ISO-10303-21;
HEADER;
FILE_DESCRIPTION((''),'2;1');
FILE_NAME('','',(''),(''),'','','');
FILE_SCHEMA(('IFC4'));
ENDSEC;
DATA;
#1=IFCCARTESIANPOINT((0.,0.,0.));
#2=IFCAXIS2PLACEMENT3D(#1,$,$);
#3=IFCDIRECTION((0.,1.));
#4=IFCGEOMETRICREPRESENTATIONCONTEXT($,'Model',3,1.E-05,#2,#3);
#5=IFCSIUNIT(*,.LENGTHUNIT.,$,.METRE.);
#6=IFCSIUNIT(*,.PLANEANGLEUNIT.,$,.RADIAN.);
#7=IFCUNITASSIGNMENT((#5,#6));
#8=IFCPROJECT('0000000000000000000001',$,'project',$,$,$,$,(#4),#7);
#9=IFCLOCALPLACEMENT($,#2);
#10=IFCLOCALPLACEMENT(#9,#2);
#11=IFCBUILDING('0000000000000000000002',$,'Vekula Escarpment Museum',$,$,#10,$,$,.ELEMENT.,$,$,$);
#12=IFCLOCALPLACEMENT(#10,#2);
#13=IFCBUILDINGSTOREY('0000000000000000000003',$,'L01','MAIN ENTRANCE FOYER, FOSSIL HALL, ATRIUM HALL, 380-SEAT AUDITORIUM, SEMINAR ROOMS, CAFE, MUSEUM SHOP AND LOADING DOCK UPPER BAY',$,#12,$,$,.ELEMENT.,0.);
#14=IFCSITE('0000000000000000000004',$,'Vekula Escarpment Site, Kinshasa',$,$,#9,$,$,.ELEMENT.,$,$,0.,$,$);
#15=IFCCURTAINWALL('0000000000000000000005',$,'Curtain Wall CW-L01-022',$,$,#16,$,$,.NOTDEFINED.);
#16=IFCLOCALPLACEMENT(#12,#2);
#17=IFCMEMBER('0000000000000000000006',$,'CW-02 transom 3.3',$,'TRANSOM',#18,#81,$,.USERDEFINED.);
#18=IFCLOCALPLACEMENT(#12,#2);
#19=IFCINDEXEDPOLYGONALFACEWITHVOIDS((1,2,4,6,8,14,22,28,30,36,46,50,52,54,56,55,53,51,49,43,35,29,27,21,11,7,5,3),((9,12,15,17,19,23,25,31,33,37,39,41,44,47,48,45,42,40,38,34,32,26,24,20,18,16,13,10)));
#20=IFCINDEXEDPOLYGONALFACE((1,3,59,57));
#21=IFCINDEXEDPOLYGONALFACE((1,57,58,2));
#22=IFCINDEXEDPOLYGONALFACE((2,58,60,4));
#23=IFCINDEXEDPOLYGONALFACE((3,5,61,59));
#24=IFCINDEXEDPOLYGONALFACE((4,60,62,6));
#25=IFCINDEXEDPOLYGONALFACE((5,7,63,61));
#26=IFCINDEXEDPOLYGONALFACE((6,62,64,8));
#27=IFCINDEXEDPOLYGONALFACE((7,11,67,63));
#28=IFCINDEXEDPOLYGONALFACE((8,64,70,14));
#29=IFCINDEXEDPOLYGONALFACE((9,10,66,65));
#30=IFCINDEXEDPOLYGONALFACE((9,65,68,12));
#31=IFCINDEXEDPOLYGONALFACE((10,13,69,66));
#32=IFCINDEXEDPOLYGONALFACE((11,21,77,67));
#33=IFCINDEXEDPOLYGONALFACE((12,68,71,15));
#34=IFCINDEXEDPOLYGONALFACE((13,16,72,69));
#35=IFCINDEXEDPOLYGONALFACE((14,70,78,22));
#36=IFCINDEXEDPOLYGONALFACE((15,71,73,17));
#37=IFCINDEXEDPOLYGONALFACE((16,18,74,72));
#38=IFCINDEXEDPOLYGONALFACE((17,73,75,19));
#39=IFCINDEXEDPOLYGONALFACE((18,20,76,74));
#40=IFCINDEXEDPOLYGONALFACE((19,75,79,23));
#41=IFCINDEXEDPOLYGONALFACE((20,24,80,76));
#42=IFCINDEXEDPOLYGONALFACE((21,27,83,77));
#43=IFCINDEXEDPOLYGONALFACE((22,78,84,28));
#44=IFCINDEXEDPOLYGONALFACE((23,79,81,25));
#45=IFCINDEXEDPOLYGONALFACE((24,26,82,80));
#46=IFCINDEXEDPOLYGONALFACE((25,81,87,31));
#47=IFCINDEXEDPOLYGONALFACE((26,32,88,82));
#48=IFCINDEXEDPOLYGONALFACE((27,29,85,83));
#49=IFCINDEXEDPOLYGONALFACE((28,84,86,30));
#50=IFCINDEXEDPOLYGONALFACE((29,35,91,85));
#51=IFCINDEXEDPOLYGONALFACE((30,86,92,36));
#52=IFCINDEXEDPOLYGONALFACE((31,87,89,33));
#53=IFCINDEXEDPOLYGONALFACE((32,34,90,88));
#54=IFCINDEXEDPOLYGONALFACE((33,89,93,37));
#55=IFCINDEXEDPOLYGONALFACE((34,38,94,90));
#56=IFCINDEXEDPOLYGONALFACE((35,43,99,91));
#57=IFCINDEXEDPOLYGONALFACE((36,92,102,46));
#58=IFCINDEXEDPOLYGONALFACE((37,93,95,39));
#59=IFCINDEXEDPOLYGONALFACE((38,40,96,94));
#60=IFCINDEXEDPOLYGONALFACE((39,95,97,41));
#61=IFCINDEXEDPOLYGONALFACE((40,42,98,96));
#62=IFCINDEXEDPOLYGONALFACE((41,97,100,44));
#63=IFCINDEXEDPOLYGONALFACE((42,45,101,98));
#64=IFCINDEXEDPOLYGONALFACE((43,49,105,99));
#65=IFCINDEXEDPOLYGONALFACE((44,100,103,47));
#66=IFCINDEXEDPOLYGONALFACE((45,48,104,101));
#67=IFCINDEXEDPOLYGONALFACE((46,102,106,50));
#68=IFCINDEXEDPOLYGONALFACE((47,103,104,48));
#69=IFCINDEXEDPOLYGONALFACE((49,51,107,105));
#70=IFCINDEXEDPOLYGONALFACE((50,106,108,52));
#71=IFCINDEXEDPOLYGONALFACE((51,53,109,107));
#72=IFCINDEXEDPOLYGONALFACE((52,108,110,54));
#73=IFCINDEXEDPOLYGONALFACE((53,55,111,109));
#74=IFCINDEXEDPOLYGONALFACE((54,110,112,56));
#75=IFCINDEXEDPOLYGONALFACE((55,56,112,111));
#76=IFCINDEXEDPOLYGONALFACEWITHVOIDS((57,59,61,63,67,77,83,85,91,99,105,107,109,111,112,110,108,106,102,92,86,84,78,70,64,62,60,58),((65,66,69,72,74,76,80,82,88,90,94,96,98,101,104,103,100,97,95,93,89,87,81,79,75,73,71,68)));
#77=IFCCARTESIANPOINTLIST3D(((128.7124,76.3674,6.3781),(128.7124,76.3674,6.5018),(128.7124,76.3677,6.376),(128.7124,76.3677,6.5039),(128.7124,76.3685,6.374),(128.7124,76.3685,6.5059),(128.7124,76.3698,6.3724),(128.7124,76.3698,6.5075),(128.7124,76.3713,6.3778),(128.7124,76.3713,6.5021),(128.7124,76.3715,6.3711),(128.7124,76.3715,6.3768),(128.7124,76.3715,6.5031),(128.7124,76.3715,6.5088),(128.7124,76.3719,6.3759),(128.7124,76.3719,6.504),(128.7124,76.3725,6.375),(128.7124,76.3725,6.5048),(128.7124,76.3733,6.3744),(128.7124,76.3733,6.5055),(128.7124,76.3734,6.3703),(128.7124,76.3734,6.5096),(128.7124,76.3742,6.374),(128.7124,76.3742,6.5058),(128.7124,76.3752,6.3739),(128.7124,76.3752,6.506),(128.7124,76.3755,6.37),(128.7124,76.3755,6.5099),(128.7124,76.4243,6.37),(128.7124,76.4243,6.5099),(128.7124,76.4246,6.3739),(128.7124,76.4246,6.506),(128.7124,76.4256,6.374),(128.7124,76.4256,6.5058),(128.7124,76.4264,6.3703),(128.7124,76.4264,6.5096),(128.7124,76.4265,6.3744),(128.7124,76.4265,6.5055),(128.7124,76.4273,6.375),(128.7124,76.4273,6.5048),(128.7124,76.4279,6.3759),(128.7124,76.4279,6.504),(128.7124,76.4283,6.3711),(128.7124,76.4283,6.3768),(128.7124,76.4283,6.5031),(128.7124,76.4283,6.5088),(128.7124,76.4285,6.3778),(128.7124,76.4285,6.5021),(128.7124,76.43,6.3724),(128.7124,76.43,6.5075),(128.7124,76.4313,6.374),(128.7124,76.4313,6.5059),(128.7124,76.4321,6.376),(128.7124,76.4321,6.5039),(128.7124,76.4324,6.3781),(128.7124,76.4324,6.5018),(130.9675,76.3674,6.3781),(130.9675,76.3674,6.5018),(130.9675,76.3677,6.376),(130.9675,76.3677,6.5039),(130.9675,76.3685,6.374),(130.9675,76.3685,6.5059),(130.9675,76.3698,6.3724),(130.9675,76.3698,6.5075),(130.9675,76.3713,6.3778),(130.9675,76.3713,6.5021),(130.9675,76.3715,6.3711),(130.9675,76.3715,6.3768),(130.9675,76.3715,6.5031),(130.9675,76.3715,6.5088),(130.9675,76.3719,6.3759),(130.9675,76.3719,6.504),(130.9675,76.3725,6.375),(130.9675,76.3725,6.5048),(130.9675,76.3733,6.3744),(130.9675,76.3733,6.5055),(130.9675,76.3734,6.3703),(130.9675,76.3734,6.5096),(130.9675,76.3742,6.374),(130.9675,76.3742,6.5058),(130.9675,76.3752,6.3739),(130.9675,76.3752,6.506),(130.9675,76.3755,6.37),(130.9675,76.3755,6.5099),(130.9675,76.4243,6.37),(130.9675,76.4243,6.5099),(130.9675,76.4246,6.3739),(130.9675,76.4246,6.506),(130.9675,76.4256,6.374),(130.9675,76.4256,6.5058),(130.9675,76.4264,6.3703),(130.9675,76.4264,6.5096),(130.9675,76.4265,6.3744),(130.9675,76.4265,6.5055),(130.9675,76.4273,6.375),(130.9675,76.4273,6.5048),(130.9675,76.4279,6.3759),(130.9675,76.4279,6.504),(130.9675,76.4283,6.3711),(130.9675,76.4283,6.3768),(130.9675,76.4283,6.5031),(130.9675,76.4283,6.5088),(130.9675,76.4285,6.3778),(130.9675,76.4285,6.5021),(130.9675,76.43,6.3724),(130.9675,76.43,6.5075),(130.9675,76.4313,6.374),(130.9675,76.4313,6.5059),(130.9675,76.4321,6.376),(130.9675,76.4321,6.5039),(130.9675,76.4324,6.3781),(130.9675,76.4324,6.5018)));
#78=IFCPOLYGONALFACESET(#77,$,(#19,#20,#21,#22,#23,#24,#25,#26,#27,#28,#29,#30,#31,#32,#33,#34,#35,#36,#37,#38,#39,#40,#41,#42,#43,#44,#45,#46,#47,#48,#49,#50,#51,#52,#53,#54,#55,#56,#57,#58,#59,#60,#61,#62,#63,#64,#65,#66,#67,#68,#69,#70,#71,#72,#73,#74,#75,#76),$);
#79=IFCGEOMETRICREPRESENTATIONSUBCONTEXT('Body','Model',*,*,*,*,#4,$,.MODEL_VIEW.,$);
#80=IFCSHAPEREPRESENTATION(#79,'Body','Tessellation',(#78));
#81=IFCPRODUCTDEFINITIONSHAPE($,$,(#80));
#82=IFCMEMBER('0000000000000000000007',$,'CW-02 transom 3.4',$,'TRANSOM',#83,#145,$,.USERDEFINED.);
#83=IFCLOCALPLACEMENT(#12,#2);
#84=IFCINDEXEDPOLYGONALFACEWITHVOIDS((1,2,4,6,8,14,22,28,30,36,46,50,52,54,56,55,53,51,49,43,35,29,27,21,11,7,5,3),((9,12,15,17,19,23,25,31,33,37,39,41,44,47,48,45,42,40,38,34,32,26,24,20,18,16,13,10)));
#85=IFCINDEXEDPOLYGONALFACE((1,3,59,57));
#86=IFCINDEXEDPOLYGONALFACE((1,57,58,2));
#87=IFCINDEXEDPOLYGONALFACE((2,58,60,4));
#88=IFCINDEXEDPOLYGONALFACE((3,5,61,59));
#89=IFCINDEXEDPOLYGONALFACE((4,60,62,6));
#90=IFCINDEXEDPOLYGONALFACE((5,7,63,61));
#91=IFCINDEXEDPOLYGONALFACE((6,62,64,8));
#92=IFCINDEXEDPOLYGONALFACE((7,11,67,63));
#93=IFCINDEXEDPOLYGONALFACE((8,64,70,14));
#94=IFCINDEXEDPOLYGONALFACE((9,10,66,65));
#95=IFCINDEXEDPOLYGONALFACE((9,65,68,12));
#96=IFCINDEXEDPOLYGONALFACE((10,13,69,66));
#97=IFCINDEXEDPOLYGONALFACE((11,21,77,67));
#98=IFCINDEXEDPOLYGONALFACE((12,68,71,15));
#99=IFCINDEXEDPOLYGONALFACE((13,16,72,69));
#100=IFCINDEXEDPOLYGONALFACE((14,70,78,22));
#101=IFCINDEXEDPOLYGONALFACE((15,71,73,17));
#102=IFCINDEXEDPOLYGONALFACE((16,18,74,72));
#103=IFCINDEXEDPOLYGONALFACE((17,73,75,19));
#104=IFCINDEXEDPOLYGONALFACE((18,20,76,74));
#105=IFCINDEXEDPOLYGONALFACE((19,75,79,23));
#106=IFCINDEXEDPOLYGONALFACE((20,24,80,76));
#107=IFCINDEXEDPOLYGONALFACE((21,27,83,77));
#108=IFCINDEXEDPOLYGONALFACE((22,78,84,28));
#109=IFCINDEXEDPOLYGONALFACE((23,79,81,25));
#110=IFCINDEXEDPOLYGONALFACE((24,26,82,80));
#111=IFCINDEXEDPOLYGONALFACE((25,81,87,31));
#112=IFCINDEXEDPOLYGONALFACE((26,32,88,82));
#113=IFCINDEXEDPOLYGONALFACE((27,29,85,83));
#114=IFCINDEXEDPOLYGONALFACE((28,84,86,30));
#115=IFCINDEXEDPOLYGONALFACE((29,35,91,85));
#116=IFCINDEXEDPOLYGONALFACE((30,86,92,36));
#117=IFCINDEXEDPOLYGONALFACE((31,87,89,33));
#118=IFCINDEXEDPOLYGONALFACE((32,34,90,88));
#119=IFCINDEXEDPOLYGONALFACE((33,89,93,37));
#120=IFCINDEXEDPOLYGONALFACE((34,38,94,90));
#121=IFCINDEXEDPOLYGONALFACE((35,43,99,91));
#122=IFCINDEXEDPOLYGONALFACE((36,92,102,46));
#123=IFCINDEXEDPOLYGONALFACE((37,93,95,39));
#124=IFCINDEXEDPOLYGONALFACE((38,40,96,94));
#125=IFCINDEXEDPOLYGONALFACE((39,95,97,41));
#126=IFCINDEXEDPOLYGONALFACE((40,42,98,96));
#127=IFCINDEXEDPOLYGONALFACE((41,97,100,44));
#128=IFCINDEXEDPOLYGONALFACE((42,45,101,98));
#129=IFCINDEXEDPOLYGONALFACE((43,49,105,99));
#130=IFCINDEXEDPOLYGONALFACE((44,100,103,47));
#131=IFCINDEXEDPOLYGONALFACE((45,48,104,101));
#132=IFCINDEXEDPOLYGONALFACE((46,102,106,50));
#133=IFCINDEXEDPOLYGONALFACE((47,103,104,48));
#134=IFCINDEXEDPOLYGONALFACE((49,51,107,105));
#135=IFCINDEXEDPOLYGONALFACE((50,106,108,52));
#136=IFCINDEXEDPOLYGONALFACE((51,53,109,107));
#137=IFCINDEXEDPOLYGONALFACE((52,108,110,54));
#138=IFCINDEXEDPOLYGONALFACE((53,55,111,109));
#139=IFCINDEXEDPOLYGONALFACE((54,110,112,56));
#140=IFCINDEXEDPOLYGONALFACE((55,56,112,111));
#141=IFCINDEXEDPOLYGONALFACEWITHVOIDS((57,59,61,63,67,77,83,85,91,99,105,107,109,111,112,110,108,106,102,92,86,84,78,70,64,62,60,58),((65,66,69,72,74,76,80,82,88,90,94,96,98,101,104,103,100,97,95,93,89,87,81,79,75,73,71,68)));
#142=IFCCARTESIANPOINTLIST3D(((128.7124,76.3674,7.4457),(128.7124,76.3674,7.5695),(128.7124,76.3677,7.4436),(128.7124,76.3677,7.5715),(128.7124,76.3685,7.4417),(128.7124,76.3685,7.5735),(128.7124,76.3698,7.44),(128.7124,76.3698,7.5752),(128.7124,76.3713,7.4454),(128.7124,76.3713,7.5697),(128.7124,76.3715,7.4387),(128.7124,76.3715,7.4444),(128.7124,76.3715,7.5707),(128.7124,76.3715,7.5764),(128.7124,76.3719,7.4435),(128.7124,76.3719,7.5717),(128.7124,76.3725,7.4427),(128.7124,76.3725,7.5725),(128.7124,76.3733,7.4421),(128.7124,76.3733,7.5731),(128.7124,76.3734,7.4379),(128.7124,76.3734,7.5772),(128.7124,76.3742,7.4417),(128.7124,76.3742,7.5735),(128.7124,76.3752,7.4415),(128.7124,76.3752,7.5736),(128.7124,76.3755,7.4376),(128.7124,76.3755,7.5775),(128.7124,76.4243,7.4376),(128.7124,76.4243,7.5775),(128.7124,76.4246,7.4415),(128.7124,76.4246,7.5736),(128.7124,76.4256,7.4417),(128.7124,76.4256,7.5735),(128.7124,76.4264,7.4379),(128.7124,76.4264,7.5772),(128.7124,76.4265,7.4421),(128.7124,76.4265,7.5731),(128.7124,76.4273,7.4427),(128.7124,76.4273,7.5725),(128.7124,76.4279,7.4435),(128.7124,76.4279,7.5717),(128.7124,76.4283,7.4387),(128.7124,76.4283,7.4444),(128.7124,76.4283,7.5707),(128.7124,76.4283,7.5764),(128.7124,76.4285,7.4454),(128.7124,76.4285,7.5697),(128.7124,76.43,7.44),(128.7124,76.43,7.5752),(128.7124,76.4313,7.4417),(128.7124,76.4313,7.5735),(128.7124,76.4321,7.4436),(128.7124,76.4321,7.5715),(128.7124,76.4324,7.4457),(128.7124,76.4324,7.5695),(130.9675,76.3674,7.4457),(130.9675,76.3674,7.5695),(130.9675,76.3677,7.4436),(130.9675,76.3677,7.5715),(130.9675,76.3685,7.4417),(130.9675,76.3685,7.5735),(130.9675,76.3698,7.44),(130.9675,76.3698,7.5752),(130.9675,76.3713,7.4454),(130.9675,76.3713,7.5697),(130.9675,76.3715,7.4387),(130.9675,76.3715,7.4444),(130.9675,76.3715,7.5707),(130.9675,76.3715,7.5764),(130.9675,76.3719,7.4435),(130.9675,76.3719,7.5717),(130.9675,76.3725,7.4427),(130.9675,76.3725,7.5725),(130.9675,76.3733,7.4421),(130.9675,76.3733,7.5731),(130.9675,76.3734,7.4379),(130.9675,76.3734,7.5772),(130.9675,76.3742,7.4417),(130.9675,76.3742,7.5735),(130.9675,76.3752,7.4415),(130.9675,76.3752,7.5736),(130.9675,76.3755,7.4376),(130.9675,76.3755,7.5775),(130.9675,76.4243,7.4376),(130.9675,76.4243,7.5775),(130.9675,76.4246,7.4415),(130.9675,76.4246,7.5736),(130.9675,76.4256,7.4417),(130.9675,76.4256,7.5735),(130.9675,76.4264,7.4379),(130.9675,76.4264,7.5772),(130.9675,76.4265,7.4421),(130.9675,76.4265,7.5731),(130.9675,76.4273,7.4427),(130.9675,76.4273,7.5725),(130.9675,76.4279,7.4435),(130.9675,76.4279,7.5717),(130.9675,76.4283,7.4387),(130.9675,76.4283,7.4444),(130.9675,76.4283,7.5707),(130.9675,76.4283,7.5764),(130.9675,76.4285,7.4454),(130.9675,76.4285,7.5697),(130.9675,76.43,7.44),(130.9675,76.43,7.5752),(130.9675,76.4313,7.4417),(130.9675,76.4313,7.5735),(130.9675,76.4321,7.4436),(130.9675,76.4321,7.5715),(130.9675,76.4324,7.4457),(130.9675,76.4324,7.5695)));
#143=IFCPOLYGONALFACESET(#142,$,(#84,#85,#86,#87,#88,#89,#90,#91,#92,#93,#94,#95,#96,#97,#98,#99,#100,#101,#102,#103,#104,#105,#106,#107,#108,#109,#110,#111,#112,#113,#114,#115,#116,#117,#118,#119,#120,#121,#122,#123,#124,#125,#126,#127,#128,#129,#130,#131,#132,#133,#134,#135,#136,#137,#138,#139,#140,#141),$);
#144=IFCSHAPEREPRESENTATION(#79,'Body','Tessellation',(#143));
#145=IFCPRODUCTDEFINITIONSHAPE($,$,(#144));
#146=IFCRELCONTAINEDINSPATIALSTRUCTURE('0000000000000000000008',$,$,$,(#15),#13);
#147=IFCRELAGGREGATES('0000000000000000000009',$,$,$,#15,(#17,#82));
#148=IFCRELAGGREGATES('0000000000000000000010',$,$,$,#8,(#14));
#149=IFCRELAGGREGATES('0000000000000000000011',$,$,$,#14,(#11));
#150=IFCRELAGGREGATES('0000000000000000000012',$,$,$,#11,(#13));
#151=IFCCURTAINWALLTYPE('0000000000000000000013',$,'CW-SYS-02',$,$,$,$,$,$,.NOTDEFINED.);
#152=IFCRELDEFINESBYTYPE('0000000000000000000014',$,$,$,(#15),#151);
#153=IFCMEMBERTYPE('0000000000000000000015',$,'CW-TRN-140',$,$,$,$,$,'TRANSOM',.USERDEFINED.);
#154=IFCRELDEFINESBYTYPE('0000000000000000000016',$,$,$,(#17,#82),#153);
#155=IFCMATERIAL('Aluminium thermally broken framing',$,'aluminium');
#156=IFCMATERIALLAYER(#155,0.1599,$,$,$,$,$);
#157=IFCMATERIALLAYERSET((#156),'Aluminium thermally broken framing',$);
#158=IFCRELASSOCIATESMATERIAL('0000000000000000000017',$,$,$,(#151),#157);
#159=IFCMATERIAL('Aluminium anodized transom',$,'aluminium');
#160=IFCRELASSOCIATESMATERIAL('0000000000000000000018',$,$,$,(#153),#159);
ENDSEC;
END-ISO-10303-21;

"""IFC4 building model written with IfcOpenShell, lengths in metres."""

from ifc_helpers import new_model, si_unit, direction, frame, origin, origin_2d, place, context, subcontext, project, spatial, hollow_rectangle, extrude, material, layer, layer_set, material_profile, profile_set, type_object, element, aggregate, save


model = new_model("IFC4")

# Units and contexts
model_context = context("Model", 3, precision=1e-05, world=origin(), true_north=direction((0.0, 1.0)))
body_context = subcontext(model_context, "Body", "Model", "MODEL_VIEW")
ifc_project = project(units=[si_unit("LENGTHUNIT", "METRE"), si_unit("PLANEANGLEUNIT", "RADIAN")], contexts=[model_context])

# Site, building, storey
site_placement = place(None, origin())
site = spatial("IfcSite", under=ifc_project, at=site_placement, Name="Vekula Escarpment Site, Kinshasa", CompositionType="ELEMENT", RefElevation=0.0)
building_placement = place(site_placement, origin())
building = spatial("IfcBuilding", under=site, at=building_placement, Name="Vekula Escarpment Museum", CompositionType="ELEMENT")
storey_placement = place(building_placement, origin())
storey = spatial("IfcBuildingStorey", under=building, at=storey_placement, Name="L01", Description="MAIN ENTRANCE FOYER, FOSSIL HALL, ATRIUM HALL, 380-SEAT AUDITORIUM, SEMINAR ROOMS, CAFE, MUSEUM SHOP AND LOADING DOCK UPPER BAY", CompositionType="ELEMENT", Elevation=0.0)

# Shared definitions
ifc_material_1 = material(Name="Aluminium thermally broken framing", Category="aluminium")
ifc_layer_1 = layer(ifc_material_1, 0.1599)
ifc_layer_set_1 = layer_set([ifc_layer_1], Name="Aluminium thermally broken framing")
curtain_wall_type = type_object("IfcCurtainWallType", Name="CW-SYS-02", PredefinedType="NOTDEFINED", material=ifc_layer_set_1)

# Curtain wall, members
curtain_wall_1_placement = place(storey_placement, origin())
curtain_wall_1 = element("IfcCurtainWall", 1, at=curtain_wall_1_placement, inside=storey, type_object=curtain_wall_type, Name="Curtain Wall CW-L01-022", PredefinedType="NOTDEFINED")
ifc_material_2 = material(Name="Aluminium anodized transom", Category="aluminium")
ifc_material_profile_1 = material_profile(ifc_material_2, hollow_rectangle(XDim=0.0649, YDim=0.1399, WallThickness=0.0039, InnerFilletRadius=0.0039, OuterFilletRadius=0.0081, at=origin_2d()), Name="ALU 140x65x4")
ifc_profile_set_1 = profile_set([ifc_material_profile_1], Name="Aluminium anodized transom")
member_type_1 = type_object("IfcMemberType", Name="CW-TRN-140", ElementType="TRANSOM", PredefinedType="USERDEFINED", material=ifc_profile_set_1)
member_1_placement = place(storey_placement, frame((130.9675, 76.3999, 6.4399), z_axis=(-1.0, 0.0, 0.0), x_axis=(0.0, -1.0, 0.0)))
member_1 = element("IfcMember", 2, at=member_1_placement, type_object=member_type_1, Name="CW-02 transom 3.3", ObjectType="TRANSOM", PredefinedType="USERDEFINED", context=body_context, shape_type="SweptSolid", body=[
    extrude(hollow_rectangle(XDim=0.0649, YDim=0.1399, WallThickness=0.0039, InnerFilletRadius=0.0039, OuterFilletRadius=0.0081, at=origin_2d()), origin(), (0.0, 0.0, 1.0), 2.2551),
])
member_2_placement = place(storey_placement, frame((130.9675, 76.3999, 7.5076), z_axis=(-1.0, 0.0, 0.0), x_axis=(0.0, -1.0, 0.0)))
member_2 = element("IfcMember", 3, at=member_2_placement, type_object=member_type_1, Name="CW-02 transom 3.4", ObjectType="TRANSOM", PredefinedType="USERDEFINED", context=body_context, shape_type="SweptSolid", body=[
    extrude(hollow_rectangle(XDim=0.0649, YDim=0.1399, WallThickness=0.0039, InnerFilletRadius=0.0039, OuterFilletRadius=0.0081, at=origin_2d()), origin(), (0.0, 0.0, 1.0), 2.2551),
])

aggregate(curtain_wall_1, [member_1, member_2])

save(model, "model.ifc")
